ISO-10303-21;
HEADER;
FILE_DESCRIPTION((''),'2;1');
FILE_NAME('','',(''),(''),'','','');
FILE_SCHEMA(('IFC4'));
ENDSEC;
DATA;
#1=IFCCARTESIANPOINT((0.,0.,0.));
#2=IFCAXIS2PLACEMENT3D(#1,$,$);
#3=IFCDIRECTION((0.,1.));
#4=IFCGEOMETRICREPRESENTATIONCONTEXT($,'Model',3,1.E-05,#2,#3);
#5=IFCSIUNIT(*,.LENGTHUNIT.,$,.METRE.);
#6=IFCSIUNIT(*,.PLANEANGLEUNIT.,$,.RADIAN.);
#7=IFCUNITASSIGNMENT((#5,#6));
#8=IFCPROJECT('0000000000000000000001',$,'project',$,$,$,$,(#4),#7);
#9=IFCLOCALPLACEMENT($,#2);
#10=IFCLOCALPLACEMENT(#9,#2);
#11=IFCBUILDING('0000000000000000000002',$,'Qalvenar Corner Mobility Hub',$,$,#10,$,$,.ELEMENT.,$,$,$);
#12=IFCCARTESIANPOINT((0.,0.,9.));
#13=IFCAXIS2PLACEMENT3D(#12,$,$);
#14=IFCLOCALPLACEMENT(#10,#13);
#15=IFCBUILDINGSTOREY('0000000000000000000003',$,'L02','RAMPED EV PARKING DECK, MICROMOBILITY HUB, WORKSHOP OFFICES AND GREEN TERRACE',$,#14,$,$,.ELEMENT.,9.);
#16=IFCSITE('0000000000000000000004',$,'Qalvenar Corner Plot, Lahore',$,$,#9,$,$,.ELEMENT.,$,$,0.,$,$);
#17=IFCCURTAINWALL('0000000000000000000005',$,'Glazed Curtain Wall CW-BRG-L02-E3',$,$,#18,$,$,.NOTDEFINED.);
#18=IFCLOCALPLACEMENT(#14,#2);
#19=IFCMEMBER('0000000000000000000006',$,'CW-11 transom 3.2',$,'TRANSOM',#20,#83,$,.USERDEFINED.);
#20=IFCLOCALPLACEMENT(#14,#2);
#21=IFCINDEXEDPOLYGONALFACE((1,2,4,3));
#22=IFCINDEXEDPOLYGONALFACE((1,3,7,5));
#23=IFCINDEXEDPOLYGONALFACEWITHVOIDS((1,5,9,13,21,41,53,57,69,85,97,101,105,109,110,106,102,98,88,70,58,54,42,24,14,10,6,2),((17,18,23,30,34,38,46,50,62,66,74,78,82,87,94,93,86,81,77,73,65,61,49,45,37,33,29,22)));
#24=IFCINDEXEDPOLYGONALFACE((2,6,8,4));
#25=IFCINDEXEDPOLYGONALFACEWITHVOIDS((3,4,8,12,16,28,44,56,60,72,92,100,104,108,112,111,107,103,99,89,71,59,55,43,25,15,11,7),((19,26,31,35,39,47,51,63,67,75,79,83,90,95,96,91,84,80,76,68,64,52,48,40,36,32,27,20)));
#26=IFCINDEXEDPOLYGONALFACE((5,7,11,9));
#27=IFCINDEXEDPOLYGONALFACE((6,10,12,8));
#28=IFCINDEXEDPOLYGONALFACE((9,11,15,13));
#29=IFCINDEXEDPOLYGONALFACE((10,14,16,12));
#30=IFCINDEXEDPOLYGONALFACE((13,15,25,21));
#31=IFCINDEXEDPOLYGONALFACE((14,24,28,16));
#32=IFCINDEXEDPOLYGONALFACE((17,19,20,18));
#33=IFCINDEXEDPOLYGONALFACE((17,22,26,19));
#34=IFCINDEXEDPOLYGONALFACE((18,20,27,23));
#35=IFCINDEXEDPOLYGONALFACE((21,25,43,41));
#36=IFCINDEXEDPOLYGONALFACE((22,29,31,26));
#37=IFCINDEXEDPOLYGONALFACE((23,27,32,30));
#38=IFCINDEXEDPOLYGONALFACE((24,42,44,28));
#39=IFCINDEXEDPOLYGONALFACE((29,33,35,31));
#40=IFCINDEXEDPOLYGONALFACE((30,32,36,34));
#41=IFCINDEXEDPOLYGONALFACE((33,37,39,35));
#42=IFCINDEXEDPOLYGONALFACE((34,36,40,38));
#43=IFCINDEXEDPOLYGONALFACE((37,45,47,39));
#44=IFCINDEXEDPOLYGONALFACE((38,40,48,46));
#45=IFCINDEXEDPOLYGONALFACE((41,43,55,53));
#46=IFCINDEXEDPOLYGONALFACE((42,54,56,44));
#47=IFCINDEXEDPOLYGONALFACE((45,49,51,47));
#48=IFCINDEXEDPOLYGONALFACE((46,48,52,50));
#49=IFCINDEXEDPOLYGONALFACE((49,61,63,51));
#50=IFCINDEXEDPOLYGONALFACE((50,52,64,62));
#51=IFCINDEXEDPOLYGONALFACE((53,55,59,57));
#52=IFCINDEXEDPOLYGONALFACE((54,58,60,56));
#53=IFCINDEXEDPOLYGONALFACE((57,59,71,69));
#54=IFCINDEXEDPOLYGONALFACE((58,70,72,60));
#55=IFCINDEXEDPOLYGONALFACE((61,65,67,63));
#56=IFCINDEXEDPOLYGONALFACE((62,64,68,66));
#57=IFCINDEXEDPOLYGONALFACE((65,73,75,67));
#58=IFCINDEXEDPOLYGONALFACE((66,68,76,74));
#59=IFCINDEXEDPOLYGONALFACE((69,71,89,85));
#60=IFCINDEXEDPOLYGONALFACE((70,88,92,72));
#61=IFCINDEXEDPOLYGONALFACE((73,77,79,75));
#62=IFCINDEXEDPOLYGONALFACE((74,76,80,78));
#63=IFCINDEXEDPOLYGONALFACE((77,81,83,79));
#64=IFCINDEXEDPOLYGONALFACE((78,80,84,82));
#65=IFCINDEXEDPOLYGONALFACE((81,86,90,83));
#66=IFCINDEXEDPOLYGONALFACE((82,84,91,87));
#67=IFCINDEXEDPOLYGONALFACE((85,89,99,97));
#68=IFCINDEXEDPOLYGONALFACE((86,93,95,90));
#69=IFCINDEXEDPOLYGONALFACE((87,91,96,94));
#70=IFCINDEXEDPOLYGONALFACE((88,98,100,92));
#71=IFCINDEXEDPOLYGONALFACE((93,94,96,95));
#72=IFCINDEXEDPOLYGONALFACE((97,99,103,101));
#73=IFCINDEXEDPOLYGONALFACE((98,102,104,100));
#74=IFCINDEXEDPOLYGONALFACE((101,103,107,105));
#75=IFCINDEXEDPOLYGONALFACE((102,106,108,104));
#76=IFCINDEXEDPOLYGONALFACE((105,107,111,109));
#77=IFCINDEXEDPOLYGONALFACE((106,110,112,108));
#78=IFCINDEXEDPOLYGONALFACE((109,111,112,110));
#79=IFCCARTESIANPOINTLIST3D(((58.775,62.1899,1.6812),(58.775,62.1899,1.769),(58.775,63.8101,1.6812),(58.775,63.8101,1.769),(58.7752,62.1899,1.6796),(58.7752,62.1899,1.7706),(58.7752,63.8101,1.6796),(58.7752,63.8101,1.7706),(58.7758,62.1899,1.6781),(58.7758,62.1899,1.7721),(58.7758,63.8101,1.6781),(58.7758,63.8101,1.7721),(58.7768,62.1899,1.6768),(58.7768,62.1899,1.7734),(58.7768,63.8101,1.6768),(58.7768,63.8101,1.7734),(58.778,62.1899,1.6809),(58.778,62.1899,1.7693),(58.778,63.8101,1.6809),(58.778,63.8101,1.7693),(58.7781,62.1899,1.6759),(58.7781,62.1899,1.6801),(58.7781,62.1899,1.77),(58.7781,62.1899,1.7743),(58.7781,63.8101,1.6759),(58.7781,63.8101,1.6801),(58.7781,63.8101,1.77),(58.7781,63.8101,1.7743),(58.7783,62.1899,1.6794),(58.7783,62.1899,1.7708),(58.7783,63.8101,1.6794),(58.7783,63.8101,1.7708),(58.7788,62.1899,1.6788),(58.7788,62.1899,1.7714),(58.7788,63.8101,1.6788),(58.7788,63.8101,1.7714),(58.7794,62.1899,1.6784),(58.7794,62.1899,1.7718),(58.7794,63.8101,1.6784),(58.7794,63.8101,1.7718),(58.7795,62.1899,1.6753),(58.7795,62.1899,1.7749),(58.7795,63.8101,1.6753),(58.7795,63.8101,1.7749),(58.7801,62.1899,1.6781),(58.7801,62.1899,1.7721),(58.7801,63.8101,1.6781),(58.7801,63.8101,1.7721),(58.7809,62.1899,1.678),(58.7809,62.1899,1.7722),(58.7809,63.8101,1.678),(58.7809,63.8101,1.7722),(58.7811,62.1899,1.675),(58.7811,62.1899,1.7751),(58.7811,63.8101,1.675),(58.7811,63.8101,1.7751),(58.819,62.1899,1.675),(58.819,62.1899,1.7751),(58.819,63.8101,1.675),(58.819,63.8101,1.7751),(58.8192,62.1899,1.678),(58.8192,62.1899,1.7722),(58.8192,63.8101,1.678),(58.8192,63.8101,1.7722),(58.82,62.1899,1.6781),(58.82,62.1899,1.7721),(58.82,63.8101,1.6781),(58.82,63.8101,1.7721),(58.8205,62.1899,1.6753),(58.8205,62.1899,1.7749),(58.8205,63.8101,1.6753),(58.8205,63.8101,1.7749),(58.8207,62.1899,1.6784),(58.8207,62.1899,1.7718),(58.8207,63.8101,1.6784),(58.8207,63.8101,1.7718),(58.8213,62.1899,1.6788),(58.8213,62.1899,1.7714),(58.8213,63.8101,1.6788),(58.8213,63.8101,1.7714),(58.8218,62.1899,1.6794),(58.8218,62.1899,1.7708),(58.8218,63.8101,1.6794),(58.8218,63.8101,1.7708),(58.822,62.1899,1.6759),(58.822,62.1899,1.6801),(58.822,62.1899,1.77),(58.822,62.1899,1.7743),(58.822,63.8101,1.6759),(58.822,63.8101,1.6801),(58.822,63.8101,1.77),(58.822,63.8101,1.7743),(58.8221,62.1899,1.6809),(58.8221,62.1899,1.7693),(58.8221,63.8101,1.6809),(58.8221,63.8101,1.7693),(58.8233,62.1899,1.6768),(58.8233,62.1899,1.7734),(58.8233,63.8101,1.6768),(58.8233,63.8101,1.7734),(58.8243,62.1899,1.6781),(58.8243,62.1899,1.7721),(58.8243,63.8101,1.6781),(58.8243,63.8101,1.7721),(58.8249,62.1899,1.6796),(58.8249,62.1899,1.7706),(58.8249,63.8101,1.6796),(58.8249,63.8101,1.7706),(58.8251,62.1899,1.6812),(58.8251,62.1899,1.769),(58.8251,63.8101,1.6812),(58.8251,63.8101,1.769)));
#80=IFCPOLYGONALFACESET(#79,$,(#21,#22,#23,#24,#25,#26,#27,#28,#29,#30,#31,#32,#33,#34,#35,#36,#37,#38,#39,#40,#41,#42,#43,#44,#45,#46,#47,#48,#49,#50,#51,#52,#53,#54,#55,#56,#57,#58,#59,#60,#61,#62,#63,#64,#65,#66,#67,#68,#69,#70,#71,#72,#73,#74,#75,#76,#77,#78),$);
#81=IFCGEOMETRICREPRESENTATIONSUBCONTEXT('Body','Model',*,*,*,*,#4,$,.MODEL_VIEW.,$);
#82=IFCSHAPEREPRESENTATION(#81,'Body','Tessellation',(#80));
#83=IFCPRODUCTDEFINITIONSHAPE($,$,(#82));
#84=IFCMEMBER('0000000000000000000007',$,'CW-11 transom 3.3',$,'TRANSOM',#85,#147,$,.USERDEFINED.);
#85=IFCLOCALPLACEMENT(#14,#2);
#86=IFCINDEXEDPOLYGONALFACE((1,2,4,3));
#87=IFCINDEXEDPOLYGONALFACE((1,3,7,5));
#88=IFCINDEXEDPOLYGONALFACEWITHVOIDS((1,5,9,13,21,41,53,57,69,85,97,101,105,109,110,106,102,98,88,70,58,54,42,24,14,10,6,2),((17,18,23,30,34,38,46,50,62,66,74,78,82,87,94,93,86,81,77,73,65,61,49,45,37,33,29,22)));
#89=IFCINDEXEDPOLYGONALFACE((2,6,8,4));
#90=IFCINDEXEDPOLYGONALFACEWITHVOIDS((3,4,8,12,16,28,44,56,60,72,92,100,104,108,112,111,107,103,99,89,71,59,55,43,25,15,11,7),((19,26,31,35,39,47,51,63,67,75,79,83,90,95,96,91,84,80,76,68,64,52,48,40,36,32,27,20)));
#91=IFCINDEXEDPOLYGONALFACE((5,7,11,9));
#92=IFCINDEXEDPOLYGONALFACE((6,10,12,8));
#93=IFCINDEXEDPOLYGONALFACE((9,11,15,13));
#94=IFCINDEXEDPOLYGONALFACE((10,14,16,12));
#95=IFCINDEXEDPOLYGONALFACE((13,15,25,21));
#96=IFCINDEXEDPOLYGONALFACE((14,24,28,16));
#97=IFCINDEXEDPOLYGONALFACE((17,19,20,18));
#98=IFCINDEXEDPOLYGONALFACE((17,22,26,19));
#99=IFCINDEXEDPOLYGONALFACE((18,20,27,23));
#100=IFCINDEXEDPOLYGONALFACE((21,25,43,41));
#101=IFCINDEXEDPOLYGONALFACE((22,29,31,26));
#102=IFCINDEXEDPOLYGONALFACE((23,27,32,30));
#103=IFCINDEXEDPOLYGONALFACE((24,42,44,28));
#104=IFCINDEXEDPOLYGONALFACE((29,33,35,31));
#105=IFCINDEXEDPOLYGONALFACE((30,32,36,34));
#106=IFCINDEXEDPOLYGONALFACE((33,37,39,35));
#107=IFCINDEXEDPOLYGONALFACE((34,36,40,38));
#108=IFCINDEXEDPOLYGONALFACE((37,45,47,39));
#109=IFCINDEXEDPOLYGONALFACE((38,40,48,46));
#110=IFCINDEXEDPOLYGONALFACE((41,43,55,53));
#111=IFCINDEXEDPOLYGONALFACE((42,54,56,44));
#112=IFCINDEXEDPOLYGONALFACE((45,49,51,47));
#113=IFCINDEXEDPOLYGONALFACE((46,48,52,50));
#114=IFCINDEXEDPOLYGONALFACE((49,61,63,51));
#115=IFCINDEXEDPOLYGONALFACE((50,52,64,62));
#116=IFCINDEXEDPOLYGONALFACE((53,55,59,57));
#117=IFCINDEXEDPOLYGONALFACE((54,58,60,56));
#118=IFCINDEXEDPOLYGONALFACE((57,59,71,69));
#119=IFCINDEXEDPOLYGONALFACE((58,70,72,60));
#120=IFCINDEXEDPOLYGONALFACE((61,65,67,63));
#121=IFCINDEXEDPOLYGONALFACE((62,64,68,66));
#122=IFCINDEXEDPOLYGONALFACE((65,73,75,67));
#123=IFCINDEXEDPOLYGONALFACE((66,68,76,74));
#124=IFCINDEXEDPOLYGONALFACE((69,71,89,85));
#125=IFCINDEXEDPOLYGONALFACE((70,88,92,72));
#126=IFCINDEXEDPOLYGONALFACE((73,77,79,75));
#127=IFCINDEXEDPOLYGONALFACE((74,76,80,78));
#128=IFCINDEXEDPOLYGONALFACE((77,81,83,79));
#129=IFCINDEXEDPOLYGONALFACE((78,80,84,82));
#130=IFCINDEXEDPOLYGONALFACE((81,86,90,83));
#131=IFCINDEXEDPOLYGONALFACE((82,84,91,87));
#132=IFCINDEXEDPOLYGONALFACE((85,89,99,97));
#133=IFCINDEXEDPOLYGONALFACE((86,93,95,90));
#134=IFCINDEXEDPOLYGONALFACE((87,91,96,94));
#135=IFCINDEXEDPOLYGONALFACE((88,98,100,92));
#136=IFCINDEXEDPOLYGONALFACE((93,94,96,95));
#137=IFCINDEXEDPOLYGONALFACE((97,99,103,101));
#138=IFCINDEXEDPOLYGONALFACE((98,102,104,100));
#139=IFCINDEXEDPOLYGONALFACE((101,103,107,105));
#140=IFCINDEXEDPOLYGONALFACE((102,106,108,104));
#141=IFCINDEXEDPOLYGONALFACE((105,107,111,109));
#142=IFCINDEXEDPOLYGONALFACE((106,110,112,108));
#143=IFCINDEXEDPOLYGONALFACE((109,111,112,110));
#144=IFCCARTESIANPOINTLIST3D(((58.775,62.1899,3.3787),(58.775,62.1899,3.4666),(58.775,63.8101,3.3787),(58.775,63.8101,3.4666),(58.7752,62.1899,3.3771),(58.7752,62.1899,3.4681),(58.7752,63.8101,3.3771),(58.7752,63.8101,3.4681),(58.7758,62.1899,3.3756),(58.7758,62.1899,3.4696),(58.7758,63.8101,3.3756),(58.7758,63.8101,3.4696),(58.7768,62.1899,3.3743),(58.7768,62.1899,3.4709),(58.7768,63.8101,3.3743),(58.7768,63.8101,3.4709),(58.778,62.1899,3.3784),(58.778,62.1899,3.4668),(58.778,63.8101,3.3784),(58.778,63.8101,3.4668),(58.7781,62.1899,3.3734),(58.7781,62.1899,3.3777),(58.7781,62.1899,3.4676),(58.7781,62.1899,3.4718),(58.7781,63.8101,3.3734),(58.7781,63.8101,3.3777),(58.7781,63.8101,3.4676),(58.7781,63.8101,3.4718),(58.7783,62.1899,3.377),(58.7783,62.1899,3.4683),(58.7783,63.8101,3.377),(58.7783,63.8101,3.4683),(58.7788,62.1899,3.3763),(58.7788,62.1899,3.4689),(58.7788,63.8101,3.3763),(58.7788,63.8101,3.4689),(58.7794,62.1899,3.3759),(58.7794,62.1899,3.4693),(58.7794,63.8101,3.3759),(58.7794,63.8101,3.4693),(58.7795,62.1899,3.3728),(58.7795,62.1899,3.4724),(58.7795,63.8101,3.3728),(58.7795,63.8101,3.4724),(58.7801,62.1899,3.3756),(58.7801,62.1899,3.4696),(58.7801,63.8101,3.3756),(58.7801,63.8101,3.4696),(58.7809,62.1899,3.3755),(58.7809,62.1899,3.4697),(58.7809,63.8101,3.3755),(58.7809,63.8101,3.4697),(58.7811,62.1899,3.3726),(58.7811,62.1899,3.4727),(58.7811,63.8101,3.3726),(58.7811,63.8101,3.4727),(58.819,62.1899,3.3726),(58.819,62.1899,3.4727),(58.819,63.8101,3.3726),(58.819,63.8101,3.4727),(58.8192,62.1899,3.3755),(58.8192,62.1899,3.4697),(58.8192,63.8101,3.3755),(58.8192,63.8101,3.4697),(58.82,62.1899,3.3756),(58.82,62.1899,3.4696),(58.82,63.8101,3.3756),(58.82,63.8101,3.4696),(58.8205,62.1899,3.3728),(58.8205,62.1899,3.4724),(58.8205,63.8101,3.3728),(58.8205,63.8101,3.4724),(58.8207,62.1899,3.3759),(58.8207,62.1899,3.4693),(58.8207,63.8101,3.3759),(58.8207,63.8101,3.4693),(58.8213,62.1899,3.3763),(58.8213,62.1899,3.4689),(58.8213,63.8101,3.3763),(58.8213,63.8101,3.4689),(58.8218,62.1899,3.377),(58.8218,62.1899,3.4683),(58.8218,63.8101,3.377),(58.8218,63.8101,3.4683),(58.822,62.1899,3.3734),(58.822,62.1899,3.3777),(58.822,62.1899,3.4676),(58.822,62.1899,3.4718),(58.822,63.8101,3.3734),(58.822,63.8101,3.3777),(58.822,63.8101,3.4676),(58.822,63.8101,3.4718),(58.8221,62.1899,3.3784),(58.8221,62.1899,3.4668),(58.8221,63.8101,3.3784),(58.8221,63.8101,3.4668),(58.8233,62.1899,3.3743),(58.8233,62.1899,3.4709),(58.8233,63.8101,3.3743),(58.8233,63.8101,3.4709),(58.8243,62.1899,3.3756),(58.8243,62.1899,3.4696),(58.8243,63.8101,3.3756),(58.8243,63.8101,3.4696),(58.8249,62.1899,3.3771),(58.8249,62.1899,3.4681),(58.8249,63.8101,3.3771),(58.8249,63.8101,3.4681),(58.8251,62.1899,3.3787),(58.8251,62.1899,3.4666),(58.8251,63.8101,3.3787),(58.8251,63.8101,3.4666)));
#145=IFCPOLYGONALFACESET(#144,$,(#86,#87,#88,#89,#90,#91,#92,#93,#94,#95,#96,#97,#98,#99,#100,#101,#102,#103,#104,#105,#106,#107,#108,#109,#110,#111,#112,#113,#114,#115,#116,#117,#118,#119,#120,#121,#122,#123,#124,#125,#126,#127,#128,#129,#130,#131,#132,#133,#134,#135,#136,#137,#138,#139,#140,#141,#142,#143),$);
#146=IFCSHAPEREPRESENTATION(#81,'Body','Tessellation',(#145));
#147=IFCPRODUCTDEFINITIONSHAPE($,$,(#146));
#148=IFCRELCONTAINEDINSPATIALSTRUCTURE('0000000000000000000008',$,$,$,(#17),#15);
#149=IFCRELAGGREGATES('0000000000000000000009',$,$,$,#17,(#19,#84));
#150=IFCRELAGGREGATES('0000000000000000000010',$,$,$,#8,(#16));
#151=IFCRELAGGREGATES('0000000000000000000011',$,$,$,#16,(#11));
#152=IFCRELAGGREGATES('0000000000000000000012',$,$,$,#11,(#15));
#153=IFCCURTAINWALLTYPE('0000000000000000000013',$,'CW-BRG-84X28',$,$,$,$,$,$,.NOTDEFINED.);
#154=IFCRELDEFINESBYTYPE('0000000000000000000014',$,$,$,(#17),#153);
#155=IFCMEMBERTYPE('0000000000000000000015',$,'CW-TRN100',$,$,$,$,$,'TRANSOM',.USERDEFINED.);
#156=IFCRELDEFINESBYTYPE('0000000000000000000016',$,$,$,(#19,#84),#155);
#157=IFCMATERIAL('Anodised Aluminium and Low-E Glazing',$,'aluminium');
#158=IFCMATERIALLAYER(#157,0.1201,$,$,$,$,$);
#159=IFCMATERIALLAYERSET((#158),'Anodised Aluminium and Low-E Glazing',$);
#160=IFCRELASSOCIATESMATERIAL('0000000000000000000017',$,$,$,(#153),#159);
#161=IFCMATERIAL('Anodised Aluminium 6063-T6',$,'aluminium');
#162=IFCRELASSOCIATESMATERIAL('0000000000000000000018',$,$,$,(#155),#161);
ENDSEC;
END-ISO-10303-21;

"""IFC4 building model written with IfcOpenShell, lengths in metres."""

from ifc_helpers import new_model, si_unit, direction, frame, origin, origin_2d, place, context, subcontext, project, spatial, hollow_rectangle, extrude, material, layer, layer_set, material_profile, profile_set, type_object, element, aggregate, save


model = new_model("IFC4")

# Units and contexts
model_context = context("Model", 3, precision=1e-05, world=origin(), true_north=direction((0.0, 1.0)))
body_context = subcontext(model_context, "Body", "Model", "MODEL_VIEW")
ifc_project = project(units=[si_unit("LENGTHUNIT", "METRE"), si_unit("PLANEANGLEUNIT", "RADIAN")], contexts=[model_context])

# Site, building, storey
site_placement = place(None, origin())
site = spatial("IfcSite", under=ifc_project, at=site_placement, Name="Qalvenar Corner Plot, Lahore", CompositionType="ELEMENT", RefElevation=0.0)
building_placement = place(site_placement, origin())
building = spatial("IfcBuilding", under=site, at=building_placement, Name="Qalvenar Corner Mobility Hub", CompositionType="ELEMENT")
storey_placement = place(building_placement, frame((0.0, 0.0, 9.0)))
storey = spatial("IfcBuildingStorey", under=building, at=storey_placement, Name="L02", Description="RAMPED EV PARKING DECK, MICROMOBILITY HUB, WORKSHOP OFFICES AND GREEN TERRACE", CompositionType="ELEMENT", Elevation=9.0)

# Curtain wall, members
ifc_material_1 = material(Name="Anodised Aluminium and Low-E Glazing", Category="aluminium")
ifc_layer_1 = layer(ifc_material_1, 0.1201)
ifc_layer_set_1 = layer_set([ifc_layer_1], Name="Anodised Aluminium and Low-E Glazing")
curtain_wall_type = type_object("IfcCurtainWallType", Name="CW-BRG-84X28", PredefinedType="NOTDEFINED", material=ifc_layer_set_1)
curtain_wall_placement = place(storey_placement, origin())
curtain_wall = element("IfcCurtainWall", 1, at=curtain_wall_placement, inside=storey, type_object=curtain_wall_type, Name="Glazed Curtain Wall CW-BRG-L02-E3", PredefinedType="NOTDEFINED")
ifc_material_2 = material(Name="Anodised Aluminium 6063-T6", Category="aluminium")
ifc_material_profile_1 = material_profile(ifc_material_2, hollow_rectangle(XDim=0.05, YDim=0.1001, WallThickness=0.0029, InnerFilletRadius=0.0029, OuterFilletRadius=0.0061, at=origin_2d()), Name="RHS100x50x3")
ifc_profile_set_1 = profile_set([ifc_material_profile_1], Name="Anodised Aluminium 6063-T6")
member_type_1 = type_object("IfcMemberType", Name="CW-TRN100", ElementType="TRANSOM", PredefinedType="USERDEFINED", material=ifc_profile_set_1)
member_1_placement = place(storey_placement, frame((58.8, 62.1899, 1.7251), z_axis=(0.0, 1.0, 0.0), x_axis=(-1.0, 0.0, 0.0)))
member_1 = element("IfcMember", 2, at=member_1_placement, type_object=member_type_1, Name="CW-11 transom 3.2", ObjectType="TRANSOM", PredefinedType="USERDEFINED", context=body_context, shape_type="SweptSolid", body=[
    extrude(hollow_rectangle(XDim=0.05, YDim=0.1001, WallThickness=0.0029, InnerFilletRadius=0.0029, OuterFilletRadius=0.0061, at=origin_2d()), origin(), (0.0, 0.0, 1.0), 1.6201),
])
member_2_placement = place(storey_placement, frame((58.8, 62.1899, 3.4226), z_axis=(0.0, 1.0, 0.0), x_axis=(-1.0, 0.0, 0.0)))
member_2 = element("IfcMember", 3, at=member_2_placement, type_object=member_type_1, Name="CW-11 transom 3.3", ObjectType="TRANSOM", PredefinedType="USERDEFINED", context=body_context, shape_type="SweptSolid", body=[
    extrude(hollow_rectangle(XDim=0.05, YDim=0.1001, WallThickness=0.0029, InnerFilletRadius=0.0029, OuterFilletRadius=0.0061, at=origin_2d()), origin(), (0.0, 0.0, 1.0), 1.6201),
])

aggregate(curtain_wall, [member_1, member_2])

save(model, "model.ifc")
